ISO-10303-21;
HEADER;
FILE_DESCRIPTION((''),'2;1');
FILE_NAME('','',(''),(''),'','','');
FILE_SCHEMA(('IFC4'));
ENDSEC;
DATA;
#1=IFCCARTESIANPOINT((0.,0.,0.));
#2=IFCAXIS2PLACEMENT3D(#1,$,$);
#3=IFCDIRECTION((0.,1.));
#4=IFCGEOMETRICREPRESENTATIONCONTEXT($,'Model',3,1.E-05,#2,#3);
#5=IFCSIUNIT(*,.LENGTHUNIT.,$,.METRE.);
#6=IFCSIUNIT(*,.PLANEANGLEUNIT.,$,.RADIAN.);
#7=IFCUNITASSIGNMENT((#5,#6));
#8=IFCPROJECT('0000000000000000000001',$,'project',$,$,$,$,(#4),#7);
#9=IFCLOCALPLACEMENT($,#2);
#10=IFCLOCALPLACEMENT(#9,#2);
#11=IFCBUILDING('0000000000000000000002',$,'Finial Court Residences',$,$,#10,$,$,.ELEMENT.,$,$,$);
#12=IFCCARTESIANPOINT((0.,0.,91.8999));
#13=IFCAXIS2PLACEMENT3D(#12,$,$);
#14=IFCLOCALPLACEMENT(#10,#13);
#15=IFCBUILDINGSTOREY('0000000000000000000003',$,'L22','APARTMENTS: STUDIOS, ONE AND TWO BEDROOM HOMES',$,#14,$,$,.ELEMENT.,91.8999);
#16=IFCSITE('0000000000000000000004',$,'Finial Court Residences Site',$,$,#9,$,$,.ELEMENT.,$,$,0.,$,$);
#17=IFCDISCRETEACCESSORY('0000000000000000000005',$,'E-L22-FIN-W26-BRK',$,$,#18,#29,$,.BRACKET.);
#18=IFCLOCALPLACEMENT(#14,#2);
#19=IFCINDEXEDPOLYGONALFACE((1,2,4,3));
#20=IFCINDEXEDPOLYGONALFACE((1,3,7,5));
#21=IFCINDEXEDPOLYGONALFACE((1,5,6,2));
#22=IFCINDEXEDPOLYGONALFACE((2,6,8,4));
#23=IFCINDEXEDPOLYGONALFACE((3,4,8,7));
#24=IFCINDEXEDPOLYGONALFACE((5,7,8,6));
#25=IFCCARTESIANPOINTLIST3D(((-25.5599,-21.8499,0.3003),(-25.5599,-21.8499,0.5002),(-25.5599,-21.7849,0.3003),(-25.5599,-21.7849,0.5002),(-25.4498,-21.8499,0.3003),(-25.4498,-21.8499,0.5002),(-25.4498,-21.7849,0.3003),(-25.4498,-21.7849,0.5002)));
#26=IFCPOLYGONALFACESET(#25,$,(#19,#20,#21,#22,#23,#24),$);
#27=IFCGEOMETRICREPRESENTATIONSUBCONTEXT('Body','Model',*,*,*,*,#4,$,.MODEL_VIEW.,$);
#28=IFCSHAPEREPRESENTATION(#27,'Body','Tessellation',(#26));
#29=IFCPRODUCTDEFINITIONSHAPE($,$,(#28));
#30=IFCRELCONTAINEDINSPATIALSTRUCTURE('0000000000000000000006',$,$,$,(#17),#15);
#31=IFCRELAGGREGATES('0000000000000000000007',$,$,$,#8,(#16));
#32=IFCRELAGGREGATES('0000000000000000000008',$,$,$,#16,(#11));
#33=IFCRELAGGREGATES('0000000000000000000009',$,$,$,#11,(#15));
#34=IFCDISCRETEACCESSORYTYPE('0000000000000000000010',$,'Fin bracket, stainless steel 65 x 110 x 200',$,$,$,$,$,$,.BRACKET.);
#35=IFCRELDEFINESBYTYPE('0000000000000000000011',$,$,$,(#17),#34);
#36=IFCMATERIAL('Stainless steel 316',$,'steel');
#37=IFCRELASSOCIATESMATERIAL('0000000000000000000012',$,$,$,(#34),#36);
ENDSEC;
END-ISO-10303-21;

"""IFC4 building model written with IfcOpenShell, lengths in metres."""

from ifc_helpers import new_model, si_unit, direction, frame, origin, origin_2d, place, context, subcontext, project, spatial, rectangle, extrude, material, type_object, element, save


model = new_model("IFC4")

# Units and contexts
model_context = context("Model", 3, precision=1e-05, world=origin(), true_north=direction((0.0, 1.0)))
body_context = subcontext(model_context, "Body", "Model", "MODEL_VIEW")
ifc_project = project(units=[si_unit("LENGTHUNIT", "METRE"), si_unit("PLANEANGLEUNIT", "RADIAN")], contexts=[model_context])

# Site, building, storey
site_placement = place(None, origin())
site = spatial("IfcSite", under=ifc_project, at=site_placement, Name="Finial Court Residences Site", CompositionType="ELEMENT", RefElevation=0.0)
building_placement = place(site_placement, origin())
building = spatial("IfcBuilding", under=site, at=building_placement, Name="Finial Court Residences", CompositionType="ELEMENT")
storey_placement = place(building_placement, frame((0.0, 0.0, 91.8999)))
storey = spatial("IfcBuildingStorey", under=building, at=storey_placement, Name="L22", Description="APARTMENTS: STUDIOS, ONE AND TWO BEDROOM HOMES", CompositionType="ELEMENT", Elevation=91.8999)

# Discrete accessory
ifc_material_1 = material(Name="Stainless steel 316", Category="steel")
discrete_accessory_type = type_object("IfcDiscreteAccessoryType", Name="Fin bracket, stainless steel 65 x 110 x 200", PredefinedType="BRACKET", material=ifc_material_1)
discrete_accessory_placement = place(storey_placement, frame((-25.5049, -21.8174, 0.3003), z_axis=(0.0, 0.0, 1.0), x_axis=(1.0, 0.0, 0.0)))
element("IfcDiscreteAccessory", 1, at=discrete_accessory_placement, inside=storey, type_object=discrete_accessory_type, Name="E-L22-FIN-W26-BRK", PredefinedType="BRACKET", context=body_context, shape_type="SweptSolid", body=[
    extrude(rectangle(XDim=0.1101, YDim=0.0649, at=origin_2d()), origin(), (0.0, 0.0, 1.0), 0.2),
])

save(model, "model.ifc")
